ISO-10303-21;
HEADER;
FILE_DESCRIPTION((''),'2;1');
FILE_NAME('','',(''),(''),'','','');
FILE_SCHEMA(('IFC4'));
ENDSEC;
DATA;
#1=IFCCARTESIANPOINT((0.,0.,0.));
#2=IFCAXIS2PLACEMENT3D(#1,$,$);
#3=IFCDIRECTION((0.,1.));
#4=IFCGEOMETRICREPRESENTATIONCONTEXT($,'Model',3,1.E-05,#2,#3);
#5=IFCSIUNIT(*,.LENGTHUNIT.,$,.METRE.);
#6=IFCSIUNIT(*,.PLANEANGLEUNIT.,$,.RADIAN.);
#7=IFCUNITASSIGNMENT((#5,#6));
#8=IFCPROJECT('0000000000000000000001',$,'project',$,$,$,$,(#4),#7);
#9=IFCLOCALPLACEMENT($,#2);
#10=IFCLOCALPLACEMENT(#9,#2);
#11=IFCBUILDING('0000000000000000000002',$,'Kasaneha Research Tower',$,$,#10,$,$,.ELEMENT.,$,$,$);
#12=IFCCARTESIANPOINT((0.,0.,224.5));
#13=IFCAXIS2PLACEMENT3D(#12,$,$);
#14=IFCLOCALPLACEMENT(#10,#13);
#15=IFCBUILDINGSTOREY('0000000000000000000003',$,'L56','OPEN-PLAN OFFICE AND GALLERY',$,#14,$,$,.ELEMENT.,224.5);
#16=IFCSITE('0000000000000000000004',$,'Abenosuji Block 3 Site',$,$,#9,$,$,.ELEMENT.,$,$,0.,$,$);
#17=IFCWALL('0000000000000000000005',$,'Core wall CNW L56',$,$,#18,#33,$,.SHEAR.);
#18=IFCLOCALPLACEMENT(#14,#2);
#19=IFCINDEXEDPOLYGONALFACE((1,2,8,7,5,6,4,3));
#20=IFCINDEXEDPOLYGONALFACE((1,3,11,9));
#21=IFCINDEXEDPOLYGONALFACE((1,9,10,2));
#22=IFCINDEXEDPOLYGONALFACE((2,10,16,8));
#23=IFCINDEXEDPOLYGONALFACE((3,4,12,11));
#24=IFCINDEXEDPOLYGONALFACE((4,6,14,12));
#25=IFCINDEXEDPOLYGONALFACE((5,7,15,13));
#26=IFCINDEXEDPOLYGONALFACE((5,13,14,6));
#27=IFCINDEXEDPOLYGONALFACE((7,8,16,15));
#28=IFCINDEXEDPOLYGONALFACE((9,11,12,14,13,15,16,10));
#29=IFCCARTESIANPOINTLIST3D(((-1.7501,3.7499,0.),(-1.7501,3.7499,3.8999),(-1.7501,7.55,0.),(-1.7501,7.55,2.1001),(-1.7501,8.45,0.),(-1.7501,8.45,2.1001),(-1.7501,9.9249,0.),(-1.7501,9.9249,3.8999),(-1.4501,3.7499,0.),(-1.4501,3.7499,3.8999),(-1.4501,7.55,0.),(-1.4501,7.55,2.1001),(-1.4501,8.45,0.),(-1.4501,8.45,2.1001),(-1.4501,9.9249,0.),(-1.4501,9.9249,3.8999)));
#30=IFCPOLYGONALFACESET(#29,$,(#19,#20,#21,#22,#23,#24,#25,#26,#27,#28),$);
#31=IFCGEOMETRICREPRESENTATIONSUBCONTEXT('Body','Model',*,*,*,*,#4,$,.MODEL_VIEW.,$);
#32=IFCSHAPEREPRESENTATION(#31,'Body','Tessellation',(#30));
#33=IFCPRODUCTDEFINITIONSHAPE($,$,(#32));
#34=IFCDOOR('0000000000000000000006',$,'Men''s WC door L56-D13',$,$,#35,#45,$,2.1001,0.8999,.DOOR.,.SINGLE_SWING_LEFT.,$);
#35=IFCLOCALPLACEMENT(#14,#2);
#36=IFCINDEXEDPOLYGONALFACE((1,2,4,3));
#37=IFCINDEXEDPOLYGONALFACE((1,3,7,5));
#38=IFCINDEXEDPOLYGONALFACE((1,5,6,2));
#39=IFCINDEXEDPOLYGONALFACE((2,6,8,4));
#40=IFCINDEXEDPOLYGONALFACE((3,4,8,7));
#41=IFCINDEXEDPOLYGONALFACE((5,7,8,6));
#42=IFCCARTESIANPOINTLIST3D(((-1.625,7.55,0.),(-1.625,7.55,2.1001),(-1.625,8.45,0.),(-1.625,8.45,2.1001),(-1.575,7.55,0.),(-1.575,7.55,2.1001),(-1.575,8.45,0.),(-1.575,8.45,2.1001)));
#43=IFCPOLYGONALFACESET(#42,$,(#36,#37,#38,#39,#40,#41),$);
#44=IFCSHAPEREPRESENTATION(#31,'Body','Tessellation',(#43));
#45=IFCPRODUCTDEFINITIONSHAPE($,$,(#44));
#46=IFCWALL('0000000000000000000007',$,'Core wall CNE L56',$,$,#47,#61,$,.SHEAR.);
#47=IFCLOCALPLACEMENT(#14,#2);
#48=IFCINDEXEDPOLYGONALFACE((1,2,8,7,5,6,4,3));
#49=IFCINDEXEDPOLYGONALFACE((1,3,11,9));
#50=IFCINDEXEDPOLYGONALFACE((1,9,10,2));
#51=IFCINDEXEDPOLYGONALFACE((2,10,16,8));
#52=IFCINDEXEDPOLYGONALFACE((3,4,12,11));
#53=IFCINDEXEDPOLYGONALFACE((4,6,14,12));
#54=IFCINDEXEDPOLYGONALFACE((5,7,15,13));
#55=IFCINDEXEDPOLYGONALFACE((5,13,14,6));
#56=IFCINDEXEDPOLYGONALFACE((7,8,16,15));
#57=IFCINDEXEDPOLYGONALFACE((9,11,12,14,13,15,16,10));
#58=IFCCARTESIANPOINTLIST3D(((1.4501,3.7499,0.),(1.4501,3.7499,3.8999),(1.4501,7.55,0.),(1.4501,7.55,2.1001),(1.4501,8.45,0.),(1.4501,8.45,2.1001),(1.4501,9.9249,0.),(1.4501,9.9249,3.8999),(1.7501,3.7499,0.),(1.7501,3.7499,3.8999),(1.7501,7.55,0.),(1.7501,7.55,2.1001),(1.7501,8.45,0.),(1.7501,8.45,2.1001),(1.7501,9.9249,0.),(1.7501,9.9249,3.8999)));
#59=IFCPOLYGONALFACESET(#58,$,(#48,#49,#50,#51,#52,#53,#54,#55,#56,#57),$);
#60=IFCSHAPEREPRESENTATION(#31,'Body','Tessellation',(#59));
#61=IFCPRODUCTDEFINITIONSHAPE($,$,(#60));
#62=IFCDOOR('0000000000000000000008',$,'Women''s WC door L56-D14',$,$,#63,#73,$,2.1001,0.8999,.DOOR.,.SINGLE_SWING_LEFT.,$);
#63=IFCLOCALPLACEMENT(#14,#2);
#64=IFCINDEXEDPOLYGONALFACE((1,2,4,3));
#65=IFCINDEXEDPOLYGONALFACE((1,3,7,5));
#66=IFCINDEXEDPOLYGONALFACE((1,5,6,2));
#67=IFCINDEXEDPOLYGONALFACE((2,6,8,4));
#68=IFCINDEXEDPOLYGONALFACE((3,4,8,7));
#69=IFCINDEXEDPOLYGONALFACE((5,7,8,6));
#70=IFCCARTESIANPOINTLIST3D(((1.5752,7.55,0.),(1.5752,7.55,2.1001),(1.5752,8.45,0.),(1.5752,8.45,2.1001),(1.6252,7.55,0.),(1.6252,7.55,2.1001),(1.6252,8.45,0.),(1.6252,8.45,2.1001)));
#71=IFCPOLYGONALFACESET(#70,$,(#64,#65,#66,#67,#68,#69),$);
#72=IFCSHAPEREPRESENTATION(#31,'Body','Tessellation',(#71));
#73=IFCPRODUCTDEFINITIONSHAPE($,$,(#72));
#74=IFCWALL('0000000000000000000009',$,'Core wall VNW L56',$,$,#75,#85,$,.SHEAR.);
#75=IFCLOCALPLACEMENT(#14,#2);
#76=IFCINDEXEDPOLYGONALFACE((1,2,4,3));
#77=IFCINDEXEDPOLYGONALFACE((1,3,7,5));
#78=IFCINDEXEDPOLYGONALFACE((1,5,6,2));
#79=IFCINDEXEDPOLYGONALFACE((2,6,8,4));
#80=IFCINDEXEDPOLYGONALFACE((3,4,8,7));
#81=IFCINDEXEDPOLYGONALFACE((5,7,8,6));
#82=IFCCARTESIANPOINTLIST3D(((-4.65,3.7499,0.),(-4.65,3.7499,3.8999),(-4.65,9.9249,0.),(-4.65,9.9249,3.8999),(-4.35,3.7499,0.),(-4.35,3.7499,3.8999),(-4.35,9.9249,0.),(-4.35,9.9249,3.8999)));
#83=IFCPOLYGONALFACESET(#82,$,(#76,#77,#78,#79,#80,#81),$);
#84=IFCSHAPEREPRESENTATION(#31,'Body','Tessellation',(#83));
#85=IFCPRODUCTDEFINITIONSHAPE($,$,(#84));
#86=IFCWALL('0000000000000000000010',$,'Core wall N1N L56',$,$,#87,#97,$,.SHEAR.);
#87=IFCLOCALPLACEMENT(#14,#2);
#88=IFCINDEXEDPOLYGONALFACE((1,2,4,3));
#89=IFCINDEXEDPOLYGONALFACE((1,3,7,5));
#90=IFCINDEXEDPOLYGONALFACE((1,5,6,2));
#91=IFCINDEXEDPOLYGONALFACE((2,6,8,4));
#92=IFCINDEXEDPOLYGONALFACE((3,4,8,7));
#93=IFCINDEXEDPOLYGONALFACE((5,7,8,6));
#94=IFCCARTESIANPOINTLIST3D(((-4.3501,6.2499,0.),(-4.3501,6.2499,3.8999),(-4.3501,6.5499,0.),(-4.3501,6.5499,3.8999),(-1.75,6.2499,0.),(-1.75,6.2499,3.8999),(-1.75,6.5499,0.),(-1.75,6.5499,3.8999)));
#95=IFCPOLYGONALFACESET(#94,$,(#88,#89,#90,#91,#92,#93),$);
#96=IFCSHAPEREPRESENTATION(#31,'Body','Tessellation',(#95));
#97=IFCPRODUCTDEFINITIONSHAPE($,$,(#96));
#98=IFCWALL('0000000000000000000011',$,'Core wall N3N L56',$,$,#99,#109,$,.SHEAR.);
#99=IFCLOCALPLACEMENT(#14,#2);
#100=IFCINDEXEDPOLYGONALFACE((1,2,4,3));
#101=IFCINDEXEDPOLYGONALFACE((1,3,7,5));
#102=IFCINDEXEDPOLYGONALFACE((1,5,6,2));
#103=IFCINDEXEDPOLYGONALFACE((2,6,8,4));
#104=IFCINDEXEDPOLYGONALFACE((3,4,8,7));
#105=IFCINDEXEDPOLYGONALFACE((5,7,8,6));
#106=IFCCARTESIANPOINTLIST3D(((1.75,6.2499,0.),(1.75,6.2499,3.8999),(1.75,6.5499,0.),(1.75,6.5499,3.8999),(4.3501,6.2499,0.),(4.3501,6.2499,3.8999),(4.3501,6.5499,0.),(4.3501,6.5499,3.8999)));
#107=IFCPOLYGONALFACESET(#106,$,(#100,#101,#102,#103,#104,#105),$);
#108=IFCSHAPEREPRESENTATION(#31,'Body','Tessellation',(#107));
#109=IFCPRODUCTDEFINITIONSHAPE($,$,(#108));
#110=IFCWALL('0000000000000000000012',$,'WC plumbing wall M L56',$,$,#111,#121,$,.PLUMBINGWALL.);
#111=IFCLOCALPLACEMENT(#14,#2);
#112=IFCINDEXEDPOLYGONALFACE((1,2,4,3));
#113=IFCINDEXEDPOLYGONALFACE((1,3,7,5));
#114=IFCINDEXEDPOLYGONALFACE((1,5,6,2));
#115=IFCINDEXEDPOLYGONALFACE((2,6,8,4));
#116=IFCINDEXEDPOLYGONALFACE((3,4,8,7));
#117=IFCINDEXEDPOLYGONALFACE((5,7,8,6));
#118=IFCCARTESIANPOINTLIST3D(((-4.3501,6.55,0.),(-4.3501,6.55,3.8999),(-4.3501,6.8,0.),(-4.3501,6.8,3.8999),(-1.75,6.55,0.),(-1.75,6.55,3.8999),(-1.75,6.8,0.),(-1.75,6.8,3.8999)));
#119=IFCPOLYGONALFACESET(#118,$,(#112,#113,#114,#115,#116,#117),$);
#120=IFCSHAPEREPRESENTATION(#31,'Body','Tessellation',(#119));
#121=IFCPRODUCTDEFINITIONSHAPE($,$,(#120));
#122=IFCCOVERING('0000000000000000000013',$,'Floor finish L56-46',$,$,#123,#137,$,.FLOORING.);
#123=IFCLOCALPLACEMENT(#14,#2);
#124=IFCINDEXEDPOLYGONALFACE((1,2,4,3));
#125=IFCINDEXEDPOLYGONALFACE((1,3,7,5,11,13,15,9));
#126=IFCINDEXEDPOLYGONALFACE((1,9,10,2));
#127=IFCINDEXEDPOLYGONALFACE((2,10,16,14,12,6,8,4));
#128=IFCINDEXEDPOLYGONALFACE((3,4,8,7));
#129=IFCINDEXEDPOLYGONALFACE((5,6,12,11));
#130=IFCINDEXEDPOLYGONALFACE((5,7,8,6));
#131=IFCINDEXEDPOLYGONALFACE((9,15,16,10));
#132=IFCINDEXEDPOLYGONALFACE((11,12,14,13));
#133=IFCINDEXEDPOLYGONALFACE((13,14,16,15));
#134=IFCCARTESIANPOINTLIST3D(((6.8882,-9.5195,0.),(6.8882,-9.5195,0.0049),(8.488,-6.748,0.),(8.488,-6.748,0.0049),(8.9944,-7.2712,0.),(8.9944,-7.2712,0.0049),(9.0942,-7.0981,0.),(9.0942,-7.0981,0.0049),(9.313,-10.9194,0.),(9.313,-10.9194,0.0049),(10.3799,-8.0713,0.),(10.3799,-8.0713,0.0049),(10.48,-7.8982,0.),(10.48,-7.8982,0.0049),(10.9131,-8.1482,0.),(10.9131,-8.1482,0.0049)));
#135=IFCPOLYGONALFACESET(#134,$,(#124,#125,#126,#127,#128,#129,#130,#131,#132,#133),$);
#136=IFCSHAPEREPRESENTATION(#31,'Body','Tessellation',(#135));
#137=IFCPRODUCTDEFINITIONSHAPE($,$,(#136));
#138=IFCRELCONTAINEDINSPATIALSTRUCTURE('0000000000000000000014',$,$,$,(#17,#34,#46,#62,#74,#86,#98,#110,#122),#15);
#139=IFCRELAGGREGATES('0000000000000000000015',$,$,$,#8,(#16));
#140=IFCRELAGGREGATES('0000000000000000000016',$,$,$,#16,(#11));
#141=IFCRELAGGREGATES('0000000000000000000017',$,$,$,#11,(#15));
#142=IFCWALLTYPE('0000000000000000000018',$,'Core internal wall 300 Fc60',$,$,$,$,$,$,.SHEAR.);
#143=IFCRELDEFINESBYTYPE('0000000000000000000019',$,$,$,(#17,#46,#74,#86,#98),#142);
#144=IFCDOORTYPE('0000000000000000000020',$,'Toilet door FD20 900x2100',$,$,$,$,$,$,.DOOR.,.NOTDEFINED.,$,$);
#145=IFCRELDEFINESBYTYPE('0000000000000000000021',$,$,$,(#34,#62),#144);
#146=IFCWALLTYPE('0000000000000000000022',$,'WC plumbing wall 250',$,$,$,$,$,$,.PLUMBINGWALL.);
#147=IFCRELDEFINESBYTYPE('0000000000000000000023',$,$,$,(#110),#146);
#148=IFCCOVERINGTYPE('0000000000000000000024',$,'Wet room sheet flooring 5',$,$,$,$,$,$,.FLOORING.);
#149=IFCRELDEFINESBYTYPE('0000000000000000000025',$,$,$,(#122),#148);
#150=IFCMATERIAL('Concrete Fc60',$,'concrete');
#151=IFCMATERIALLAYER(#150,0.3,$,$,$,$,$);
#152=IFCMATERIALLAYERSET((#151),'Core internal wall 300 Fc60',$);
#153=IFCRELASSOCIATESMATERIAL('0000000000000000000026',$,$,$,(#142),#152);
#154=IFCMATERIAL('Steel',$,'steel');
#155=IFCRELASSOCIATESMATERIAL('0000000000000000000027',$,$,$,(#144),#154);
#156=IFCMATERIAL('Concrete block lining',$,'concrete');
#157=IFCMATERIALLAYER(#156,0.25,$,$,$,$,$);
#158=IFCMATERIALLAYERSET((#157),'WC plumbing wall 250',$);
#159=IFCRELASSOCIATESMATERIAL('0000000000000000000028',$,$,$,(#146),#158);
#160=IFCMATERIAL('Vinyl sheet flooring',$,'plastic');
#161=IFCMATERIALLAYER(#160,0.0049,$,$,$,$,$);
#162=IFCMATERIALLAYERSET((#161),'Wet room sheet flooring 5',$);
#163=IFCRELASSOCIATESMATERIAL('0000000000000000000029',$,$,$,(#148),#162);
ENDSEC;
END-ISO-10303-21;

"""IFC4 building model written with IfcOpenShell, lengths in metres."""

from ifc_helpers import new_model, si_unit, direction, frame, frame_2d, origin, place, context, subcontext, project, spatial, polyline, rectangle, outline, extrude, material, layer, layer_set, type_object, element, fill, save


model = new_model("IFC4")

# Units and contexts
model_context = context("Model", 3, precision=1e-05, world=origin(), true_north=direction((0.0, 1.0)))
body_context = subcontext(model_context, "Body", "Model", "MODEL_VIEW")
ifc_project = project(units=[si_unit("LENGTHUNIT", "METRE"), si_unit("PLANEANGLEUNIT", "RADIAN")], contexts=[model_context])

# Site, building, storey
site_placement = place(None, origin())
site = spatial("IfcSite", under=ifc_project, at=site_placement, Name="Abenosuji Block 3 Site", CompositionType="ELEMENT", RefElevation=0.0)
building_placement = place(site_placement, origin())
building = spatial("IfcBuilding", under=site, at=building_placement, Name="Kasaneha Research Tower", CompositionType="ELEMENT")
storey_placement = place(building_placement, frame((0.0, 0.0, 224.5)))
storey = spatial("IfcBuildingStorey", under=building, at=storey_placement, Name="L56", Description="OPEN-PLAN OFFICE AND GALLERY", CompositionType="ELEMENT", Elevation=224.5)

# Shared definitions
ifc_material_1 = material(Name="Concrete Fc60", Category="concrete")
ifc_layer_1 = layer(ifc_material_1, 0.3)
ifc_layer_set_1 = layer_set([ifc_layer_1], Name="Core internal wall 300 Fc60")
wall_type_1 = type_object("IfcWallType", Name="Core internal wall 300 Fc60", PredefinedType="SHEAR", material=ifc_layer_set_1)

# Walls, openings, doors
wall_1_placement = place(storey_placement, frame((-1.6001, 3.75, 0.0), z_axis=(0.0, 0.0, 1.0), x_axis=(0.0, 1.0, 0.0)))
wall_1 = element("IfcWall", 1, at=wall_1_placement, inside=storey, type_object=wall_type_1, Name="Core wall CNW L56", PredefinedType="SHEAR", context=body_context, shape_type="SweptSolid", body=[
    extrude(rectangle(XDim=6.175, YDim=0.3, at=frame_2d((3.0874, 0.0))), origin(), (0.0, 0.0, 1.0), 3.8999),
])
opening_1_placement = place(wall_1_placement, frame((3.8, 0.0, 0.0)))
opening_1 = element("IfcOpeningElement", 2, at=opening_1_placement, cuts=wall_1, PredefinedType="OPENING", context=body_context, shape_type="SweptSolid", body=[
    extrude(rectangle(XDim=0.8999, YDim=2.1001, at=frame_2d((0.45, 1.05))), frame((0.0, 0.1602, 0.0), z_axis=(0.0, -1.0, 0.0), x_axis=(1.0, 0.0, 0.0)), (0.0, 0.0, 1.0), 0.3201),
])
ifc_material_2 = material(Name="Steel", Category="steel")
door_type_1 = type_object("IfcDoorType", Name="Toilet door FD20 900x2100", OperationType="NOTDEFINED", PredefinedType="DOOR", material=ifc_material_2)
door_1_placement = place(opening_1_placement, origin())
door_1 = element("IfcDoor", 3, at=door_1_placement, inside=storey, type_object=door_type_1, Name="Men's WC door L56-D13", OperationType="SINGLE_SWING_LEFT", OverallHeight=2.1001, OverallWidth=0.8999, PredefinedType="DOOR", context=body_context, shape_type="SweptSolid", body=[
    extrude(rectangle(XDim=0.8999, YDim=2.1001, at=frame_2d((0.45, 1.05))), frame((0.0, 0.0249, 0.0), z_axis=(0.0, -1.0, 0.0), x_axis=(1.0, 0.0, 0.0)), (0.0, 0.0, 1.0), 0.05),
])
fill(opening_1, door_1)
wall_2_placement = place(storey_placement, frame((1.6001, 3.75, 0.0), z_axis=(0.0, 0.0, 1.0), x_axis=(0.0, 1.0, 0.0)))
wall_2 = element("IfcWall", 4, at=wall_2_placement, inside=storey, type_object=wall_type_1, Name="Core wall CNE L56", PredefinedType="SHEAR", context=body_context, shape_type="SweptSolid", body=[
    extrude(rectangle(XDim=6.175, YDim=0.3, at=frame_2d((3.0874, 0.0))), origin(), (0.0, 0.0, 1.0), 3.8999),
])
opening_2_placement = place(wall_2_placement, frame((3.8, 0.0, 0.0)))
opening_2 = element("IfcOpeningElement", 5, at=opening_2_placement, cuts=wall_2, PredefinedType="OPENING", context=body_context, shape_type="SweptSolid", body=[
    extrude(rectangle(XDim=0.8999, YDim=2.1001, at=frame_2d((0.45, 1.05))), frame((0.0, 0.1602, 0.0), z_axis=(0.0, -1.0, 0.0), x_axis=(1.0, 0.0, 0.0)), (0.0, 0.0, 1.0), 0.3201),
])
door_2_placement = place(opening_2_placement, origin())
door_2 = element("IfcDoor", 6, at=door_2_placement, inside=storey, type_object=door_type_1, Name="Women's WC door L56-D14", OperationType="SINGLE_SWING_LEFT", OverallHeight=2.1001, OverallWidth=0.8999, PredefinedType="DOOR", context=body_context, shape_type="SweptSolid", body=[
    extrude(rectangle(XDim=0.8999, YDim=2.1001, at=frame_2d((0.45, 1.05))), frame((0.0, 0.0249, 0.0), z_axis=(0.0, -1.0, 0.0), x_axis=(1.0, 0.0, 0.0)), (0.0, 0.0, 1.0), 0.05),
])
fill(opening_2, door_2)

# Walls
wall_3_placement = place(storey_placement, frame((-4.5, 3.75, 0.0), z_axis=(0.0, 0.0, 1.0), x_axis=(0.0, 1.0, 0.0)))
element("IfcWall", 7, at=wall_3_placement, inside=storey, type_object=wall_type_1, Name="Core wall VNW L56", PredefinedType="SHEAR", context=body_context, shape_type="SweptSolid", body=[
    extrude(rectangle(XDim=6.175, YDim=0.3, at=frame_2d((3.0874, 0.0))), origin(), (0.0, 0.0, 1.0), 3.8999),
])
for number, where, z_axis, x_axis, name in (
    (8, (-4.3501, 6.3999, 0.0), (0.0, 0.0, 1.0), (1.0, 0.0, 0.0), "Core wall N1N L56"),
    (9, (1.75, 6.3999, 0.0), (0.0, 0.0, 1.0), (1.0, 0.0, 0.0), "Core wall N3N L56"),
):
    element("IfcWall", number, at=place(storey_placement, frame(where, z_axis=z_axis, x_axis=x_axis)), inside=storey, type_object=wall_type_1, Name=name, PredefinedType="SHEAR", context=body_context, shape_type="SweptSolid", body=[
        extrude(rectangle(XDim=2.6001, YDim=0.3, at=frame_2d((1.3, 0.0))), origin(), (0.0, 0.0, 1.0), 3.8999),
    ])

# Wall
ifc_material_3 = material(Name="Concrete block lining", Category="concrete")
ifc_layer_2 = layer(ifc_material_3, 0.25)
ifc_layer_set_2 = layer_set([ifc_layer_2], Name="WC plumbing wall 250")
wall_type_2 = type_object("IfcWallType", Name="WC plumbing wall 250", PredefinedType="PLUMBINGWALL", material=ifc_layer_set_2)
wall_4_placement = place(storey_placement, frame((-4.3501, 6.675, 0.0), z_axis=(0.0, 0.0, 1.0), x_axis=(1.0, 0.0, 0.0)))
element("IfcWall", 10, at=wall_4_placement, inside=storey, type_object=wall_type_2, Name="WC plumbing wall M L56", PredefinedType="PLUMBINGWALL", context=body_context, shape_type="SweptSolid", body=[
    extrude(rectangle(XDim=2.6001, YDim=0.25, at=frame_2d((1.3, 0.0))), origin(), (0.0, 0.0, 1.0), 3.8999),
])

# Covering
ifc_material_4 = material(Name="Vinyl sheet flooring", Category="plastic")
ifc_layer_3 = layer(ifc_material_4, 0.0049)
ifc_layer_set_3 = layer_set([ifc_layer_3], Name="Wet room sheet flooring 5")
covering_type = type_object("IfcCoveringType", Name="Wet room sheet flooring 5", PredefinedType="FLOORING", material=ifc_layer_set_3)
covering_placement = place(storey_placement, origin())
element("IfcCovering", 11, at=covering_placement, inside=storey, type_object=covering_type, Name="Floor finish L56-46", PredefinedType="FLOORING", context=body_context, shape_type="SweptSolid", body=[
    extrude(outline(polyline([(9.313, -10.9194), (6.8882, -9.5195), (8.488, -6.748), (9.0942, -7.0981), (8.9944, -7.2712), (10.3799, -8.0713), (10.48, -7.8982), (10.9131, -8.1482), (9.313, -10.9194)])), origin(), (0.0, 0.0, 1.0), 0.0049),
])

save(model, "model.ifc")
